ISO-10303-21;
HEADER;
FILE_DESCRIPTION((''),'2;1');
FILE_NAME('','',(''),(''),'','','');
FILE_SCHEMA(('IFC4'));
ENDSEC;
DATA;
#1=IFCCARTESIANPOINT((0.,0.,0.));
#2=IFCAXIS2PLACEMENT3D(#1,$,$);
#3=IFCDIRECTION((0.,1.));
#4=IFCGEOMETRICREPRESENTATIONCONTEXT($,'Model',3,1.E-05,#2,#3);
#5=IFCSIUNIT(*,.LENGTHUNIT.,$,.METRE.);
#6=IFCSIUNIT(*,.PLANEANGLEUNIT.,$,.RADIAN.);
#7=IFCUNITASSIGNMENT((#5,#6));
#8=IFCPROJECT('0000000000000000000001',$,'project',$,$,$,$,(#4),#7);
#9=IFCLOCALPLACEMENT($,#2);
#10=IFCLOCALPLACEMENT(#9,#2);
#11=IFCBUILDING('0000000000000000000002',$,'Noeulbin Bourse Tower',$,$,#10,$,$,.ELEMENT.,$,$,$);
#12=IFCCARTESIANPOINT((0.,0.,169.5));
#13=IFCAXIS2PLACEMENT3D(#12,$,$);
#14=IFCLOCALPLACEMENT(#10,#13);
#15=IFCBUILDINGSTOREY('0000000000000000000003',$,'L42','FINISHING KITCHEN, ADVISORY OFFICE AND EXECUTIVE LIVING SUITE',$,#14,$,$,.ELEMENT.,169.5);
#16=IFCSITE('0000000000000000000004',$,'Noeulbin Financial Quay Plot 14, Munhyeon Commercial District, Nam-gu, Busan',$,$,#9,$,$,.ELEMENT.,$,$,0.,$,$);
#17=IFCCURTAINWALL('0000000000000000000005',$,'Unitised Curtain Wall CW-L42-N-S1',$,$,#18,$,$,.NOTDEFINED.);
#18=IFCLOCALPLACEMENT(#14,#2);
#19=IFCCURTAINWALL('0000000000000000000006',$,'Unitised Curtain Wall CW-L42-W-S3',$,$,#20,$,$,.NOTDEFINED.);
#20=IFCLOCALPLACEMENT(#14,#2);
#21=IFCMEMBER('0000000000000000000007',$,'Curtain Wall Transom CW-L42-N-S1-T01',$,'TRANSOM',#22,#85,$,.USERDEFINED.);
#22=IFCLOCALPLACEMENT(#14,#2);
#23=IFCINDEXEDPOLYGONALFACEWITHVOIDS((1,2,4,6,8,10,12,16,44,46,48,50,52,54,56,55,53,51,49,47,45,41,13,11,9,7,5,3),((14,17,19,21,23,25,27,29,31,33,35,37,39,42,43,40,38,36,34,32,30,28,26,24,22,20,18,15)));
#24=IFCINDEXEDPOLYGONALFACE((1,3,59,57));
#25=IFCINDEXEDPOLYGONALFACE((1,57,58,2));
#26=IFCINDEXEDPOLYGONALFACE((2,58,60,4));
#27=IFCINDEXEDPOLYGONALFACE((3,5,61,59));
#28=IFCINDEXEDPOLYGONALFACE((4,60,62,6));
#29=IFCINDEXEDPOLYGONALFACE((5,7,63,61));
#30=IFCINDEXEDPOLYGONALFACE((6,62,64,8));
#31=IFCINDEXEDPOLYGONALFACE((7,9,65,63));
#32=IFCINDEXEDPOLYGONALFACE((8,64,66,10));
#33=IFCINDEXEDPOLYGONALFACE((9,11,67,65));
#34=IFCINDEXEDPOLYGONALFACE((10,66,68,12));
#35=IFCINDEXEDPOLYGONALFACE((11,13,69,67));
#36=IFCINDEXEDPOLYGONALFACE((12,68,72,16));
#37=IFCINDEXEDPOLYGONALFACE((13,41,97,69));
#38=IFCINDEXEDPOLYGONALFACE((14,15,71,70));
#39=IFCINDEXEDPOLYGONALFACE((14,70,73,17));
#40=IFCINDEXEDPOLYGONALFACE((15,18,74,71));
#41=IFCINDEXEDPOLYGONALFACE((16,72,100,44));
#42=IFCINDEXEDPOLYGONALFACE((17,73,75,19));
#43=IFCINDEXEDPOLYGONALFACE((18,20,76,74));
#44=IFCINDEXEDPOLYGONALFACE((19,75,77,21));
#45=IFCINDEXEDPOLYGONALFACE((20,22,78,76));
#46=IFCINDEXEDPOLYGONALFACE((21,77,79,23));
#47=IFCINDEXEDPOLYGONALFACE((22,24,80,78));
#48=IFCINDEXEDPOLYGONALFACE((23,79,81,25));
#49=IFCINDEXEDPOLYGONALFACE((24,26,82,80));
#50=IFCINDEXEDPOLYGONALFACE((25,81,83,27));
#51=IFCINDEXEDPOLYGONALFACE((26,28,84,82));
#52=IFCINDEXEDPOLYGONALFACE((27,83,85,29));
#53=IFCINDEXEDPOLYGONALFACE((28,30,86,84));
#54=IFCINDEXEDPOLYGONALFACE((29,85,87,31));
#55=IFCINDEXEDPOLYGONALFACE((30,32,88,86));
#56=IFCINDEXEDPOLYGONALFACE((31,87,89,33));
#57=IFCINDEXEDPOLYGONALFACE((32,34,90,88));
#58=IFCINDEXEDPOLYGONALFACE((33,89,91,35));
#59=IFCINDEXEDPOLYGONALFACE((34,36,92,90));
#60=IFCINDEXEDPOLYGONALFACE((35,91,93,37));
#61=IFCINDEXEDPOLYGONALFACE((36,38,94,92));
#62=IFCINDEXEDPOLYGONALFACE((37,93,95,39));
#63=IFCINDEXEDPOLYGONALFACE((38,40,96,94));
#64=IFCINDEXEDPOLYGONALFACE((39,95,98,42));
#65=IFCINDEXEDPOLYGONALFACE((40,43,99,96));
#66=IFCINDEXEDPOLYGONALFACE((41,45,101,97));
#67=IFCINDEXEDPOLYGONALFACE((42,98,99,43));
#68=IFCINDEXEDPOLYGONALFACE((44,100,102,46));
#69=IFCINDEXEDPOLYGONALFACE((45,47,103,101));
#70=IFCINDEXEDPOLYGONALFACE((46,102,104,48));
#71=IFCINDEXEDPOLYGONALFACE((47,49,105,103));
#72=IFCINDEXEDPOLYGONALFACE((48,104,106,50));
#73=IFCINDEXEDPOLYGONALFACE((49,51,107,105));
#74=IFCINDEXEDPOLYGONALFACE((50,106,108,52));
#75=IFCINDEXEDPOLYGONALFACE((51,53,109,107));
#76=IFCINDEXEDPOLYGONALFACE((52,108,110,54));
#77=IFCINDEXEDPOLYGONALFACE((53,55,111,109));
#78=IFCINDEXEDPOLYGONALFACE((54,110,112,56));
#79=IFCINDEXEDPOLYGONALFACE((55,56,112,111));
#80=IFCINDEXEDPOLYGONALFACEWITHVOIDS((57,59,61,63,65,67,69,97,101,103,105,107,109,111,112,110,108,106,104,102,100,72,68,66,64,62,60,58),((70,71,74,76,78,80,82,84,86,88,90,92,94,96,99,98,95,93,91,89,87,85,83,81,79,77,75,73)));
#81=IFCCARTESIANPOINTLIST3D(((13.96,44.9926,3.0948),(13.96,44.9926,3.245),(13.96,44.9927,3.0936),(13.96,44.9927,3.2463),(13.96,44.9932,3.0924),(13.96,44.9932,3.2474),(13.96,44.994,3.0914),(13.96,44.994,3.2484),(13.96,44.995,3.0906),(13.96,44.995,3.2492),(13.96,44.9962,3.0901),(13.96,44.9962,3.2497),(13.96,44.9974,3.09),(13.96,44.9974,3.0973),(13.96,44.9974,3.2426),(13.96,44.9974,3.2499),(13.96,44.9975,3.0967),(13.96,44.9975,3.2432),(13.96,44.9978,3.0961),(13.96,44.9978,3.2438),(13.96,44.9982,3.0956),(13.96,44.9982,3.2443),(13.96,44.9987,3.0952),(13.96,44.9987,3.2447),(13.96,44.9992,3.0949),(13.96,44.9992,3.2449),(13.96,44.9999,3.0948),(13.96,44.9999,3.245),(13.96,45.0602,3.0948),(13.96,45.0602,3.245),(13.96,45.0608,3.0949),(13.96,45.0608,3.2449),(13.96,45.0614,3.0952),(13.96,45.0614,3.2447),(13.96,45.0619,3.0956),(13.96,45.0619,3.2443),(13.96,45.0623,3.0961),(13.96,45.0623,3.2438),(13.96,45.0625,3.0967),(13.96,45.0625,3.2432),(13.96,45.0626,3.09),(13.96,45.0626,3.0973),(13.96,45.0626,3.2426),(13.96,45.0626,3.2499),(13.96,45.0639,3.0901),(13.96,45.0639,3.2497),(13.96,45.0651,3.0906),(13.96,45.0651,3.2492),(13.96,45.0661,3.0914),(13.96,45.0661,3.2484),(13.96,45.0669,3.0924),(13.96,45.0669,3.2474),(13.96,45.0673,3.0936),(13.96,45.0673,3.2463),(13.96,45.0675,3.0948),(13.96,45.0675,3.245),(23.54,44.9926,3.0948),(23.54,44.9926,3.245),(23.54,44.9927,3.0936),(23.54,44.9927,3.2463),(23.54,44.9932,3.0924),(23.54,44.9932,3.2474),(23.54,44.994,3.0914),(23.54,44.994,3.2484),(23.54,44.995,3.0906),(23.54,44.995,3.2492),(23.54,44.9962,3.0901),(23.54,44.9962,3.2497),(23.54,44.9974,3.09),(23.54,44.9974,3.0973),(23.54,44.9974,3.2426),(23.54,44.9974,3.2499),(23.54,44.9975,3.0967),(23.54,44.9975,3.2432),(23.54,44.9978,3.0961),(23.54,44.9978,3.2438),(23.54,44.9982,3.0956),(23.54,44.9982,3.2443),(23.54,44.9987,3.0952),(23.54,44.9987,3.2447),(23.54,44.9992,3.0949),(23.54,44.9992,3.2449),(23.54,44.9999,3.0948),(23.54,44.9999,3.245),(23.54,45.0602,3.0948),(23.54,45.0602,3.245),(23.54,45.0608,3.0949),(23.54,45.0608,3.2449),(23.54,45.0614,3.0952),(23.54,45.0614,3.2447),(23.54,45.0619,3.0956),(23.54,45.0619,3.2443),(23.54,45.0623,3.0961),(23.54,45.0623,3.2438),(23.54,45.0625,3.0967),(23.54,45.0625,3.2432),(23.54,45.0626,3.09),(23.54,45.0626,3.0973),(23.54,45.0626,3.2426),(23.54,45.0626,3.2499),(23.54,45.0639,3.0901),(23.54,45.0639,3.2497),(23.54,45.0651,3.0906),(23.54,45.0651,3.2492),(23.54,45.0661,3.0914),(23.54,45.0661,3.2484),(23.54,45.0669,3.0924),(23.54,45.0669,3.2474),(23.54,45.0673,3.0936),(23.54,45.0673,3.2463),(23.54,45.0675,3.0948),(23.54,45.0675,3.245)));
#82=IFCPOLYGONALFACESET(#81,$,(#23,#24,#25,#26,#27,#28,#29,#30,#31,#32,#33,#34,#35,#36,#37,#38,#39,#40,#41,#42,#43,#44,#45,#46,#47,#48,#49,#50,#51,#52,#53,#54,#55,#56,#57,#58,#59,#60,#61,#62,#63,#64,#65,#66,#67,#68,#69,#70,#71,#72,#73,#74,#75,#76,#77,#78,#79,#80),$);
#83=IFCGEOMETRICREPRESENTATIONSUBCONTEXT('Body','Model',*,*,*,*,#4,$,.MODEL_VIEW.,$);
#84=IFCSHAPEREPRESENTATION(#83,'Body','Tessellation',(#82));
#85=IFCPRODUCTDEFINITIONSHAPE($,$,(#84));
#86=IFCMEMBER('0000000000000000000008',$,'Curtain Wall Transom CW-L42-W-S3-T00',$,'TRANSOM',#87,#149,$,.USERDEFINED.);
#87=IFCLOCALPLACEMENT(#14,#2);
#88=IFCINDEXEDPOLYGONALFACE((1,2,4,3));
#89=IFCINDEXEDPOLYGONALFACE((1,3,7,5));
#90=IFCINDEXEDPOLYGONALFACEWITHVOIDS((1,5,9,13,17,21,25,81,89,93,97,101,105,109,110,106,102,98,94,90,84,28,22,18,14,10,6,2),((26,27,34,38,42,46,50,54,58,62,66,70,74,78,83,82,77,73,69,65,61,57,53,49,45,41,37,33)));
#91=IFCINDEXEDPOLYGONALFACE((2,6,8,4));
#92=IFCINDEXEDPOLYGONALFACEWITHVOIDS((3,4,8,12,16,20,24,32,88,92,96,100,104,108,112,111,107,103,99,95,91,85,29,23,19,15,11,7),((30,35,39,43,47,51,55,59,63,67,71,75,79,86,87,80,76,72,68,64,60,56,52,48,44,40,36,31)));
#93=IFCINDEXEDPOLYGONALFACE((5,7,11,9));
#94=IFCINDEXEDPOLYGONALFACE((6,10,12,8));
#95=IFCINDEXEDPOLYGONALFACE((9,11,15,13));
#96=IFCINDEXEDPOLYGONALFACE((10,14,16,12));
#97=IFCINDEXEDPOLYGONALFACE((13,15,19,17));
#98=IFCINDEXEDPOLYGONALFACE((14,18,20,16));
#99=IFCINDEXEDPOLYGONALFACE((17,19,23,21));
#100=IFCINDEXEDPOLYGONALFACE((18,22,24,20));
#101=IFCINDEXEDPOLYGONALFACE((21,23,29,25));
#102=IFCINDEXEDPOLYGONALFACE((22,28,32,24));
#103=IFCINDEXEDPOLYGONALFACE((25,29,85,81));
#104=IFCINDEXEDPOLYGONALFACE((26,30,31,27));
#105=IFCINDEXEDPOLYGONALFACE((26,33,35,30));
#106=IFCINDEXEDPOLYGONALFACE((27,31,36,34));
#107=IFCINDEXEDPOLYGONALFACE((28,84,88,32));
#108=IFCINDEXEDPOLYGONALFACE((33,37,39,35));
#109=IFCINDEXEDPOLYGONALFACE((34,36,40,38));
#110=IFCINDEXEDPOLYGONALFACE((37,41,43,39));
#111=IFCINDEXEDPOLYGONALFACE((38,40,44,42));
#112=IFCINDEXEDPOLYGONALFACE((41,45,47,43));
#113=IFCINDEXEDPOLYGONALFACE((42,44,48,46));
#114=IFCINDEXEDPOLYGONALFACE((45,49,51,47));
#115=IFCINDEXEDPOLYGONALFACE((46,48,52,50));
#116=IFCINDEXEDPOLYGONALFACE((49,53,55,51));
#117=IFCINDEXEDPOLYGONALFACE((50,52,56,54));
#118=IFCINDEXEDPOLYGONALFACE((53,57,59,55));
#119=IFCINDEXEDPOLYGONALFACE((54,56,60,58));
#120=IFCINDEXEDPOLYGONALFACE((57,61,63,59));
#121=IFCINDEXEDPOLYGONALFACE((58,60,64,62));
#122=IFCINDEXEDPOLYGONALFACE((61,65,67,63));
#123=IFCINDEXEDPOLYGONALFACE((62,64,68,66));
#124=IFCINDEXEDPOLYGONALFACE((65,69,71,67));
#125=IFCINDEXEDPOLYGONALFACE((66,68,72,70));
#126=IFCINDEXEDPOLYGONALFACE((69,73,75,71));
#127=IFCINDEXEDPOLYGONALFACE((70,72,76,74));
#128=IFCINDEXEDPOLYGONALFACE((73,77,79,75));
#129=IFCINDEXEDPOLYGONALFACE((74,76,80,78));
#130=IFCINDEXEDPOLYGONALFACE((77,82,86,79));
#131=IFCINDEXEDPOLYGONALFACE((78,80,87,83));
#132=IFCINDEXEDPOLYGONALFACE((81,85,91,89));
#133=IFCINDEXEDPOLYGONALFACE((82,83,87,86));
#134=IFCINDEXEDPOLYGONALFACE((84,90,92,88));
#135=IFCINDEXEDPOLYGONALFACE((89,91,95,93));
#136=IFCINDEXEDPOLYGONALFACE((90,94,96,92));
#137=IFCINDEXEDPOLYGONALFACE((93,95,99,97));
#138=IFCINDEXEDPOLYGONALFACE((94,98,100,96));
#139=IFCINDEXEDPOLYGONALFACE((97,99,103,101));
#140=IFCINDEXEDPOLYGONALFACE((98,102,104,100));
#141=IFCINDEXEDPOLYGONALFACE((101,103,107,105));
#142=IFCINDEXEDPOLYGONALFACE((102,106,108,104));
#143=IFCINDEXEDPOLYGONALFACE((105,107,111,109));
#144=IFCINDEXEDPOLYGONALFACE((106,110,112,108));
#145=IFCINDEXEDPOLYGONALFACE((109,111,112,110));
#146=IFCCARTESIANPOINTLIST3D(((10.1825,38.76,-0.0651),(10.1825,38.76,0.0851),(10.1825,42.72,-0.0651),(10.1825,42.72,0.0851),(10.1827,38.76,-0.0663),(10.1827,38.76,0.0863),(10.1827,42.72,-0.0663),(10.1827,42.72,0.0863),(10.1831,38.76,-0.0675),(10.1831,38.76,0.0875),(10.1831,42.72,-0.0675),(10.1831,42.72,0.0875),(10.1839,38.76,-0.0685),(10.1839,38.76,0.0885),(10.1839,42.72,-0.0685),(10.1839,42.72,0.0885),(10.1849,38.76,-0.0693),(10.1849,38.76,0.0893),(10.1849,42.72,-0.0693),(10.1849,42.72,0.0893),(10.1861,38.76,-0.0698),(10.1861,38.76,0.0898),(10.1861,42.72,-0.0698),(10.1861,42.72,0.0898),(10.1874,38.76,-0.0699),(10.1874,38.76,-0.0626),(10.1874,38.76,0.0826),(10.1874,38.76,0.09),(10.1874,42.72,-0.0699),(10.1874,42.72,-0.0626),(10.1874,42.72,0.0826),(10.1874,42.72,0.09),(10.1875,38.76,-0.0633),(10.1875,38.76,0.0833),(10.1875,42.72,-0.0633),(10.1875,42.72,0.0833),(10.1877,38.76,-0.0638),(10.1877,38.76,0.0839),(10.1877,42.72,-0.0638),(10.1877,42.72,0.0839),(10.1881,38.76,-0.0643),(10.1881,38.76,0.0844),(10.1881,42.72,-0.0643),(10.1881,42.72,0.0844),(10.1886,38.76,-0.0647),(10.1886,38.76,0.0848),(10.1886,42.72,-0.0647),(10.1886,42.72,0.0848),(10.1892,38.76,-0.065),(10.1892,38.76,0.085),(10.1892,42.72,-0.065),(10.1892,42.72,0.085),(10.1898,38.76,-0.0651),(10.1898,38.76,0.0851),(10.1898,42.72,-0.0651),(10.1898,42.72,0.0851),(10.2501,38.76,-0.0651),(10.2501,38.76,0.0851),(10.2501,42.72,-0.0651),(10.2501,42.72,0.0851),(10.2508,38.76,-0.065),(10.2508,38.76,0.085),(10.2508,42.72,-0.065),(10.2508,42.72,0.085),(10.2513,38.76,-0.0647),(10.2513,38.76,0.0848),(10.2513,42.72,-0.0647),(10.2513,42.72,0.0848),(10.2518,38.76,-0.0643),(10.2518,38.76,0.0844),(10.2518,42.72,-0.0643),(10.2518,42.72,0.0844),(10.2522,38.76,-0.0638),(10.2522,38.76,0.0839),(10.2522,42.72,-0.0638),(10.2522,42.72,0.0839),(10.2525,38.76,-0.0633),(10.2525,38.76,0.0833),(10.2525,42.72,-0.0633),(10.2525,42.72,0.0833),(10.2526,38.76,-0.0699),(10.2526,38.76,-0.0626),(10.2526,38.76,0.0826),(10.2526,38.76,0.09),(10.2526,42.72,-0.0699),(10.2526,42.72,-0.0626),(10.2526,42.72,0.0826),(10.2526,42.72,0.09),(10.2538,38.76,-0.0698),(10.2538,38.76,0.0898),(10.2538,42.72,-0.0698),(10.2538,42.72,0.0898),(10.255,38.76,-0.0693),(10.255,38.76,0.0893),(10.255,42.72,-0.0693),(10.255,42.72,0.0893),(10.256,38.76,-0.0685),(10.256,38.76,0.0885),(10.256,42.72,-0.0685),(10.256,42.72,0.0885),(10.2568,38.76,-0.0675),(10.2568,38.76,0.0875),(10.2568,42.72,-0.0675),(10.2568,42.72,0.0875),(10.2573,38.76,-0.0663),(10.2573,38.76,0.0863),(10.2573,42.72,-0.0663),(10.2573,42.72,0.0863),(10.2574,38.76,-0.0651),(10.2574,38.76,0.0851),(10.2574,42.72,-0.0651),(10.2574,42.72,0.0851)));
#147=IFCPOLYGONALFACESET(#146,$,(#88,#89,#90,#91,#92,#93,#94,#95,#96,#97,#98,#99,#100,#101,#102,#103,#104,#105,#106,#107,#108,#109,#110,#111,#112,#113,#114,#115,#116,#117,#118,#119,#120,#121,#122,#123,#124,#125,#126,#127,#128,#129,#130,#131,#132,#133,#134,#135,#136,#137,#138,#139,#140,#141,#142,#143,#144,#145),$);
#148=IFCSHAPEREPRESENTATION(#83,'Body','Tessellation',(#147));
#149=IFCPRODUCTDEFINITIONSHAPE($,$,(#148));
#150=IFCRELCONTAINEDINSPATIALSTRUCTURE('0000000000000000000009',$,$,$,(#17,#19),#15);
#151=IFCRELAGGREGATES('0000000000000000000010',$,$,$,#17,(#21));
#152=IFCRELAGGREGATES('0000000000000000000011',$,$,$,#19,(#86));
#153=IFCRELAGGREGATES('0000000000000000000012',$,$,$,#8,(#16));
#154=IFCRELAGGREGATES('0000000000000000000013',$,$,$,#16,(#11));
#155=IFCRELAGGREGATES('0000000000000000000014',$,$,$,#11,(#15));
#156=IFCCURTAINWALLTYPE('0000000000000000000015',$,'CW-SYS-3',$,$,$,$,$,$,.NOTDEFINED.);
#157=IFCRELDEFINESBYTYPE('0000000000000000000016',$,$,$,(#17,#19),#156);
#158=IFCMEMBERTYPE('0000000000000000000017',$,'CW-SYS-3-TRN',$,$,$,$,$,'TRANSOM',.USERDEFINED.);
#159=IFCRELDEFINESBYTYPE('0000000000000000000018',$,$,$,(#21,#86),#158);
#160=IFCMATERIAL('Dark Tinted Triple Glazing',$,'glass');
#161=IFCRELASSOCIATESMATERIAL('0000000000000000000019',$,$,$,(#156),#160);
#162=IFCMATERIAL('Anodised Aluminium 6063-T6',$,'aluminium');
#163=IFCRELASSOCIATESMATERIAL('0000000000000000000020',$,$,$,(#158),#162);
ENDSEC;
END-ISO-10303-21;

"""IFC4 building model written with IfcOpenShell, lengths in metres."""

from ifc_helpers import new_model, si_unit, direction, frame, origin, origin_2d, place, context, subcontext, project, spatial, hollow_rectangle, extrude, material, material_profile, profile_set, type_object, element, aggregate, save


model = new_model("IFC4")

# Units and contexts
model_context = context("Model", 3, precision=1e-05, world=origin(), true_north=direction((0.0, 1.0)))
body_context = subcontext(model_context, "Body", "Model", "MODEL_VIEW")
ifc_project = project(units=[si_unit("LENGTHUNIT", "METRE"), si_unit("PLANEANGLEUNIT", "RADIAN")], contexts=[model_context])

# Site, building, storey
site_placement = place(None, origin())
site = spatial("IfcSite", under=ifc_project, at=site_placement, Name="Noeulbin Financial Quay Plot 14, Munhyeon Commercial District, Nam-gu, Busan", CompositionType="ELEMENT", RefElevation=0.0)
building_placement = place(site_placement, origin())
building = spatial("IfcBuilding", under=site, at=building_placement, Name="Noeulbin Bourse Tower", CompositionType="ELEMENT")
storey_placement = place(building_placement, frame((0.0, 0.0, 169.5)))
storey = spatial("IfcBuildingStorey", under=building, at=storey_placement, Name="L42", Description="FINISHING KITCHEN, ADVISORY OFFICE AND EXECUTIVE LIVING SUITE", CompositionType="ELEMENT", Elevation=169.5)

# Curtain wall
ifc_material_1 = material(Name="Dark Tinted Triple Glazing", Category="glass")
curtain_wall_type = type_object("IfcCurtainWallType", Name="CW-SYS-3", PredefinedType="NOTDEFINED", material=ifc_material_1)
curtain_wall_1_placement = place(storey_placement, origin())
curtain_wall_1 = element("IfcCurtainWall", 1, at=curtain_wall_1_placement, inside=storey, type_object=curtain_wall_type, Name="Unitised Curtain Wall CW-L42-N-S1", PredefinedType="NOTDEFINED")
ifc_material_2 = material(Name="Anodised Aluminium 6063-T6", Category="aluminium")

# Curtain wall
curtain_wall_2_placement = place(storey_placement, origin())
curtain_wall_2 = element("IfcCurtainWall", 2, at=curtain_wall_2_placement, inside=storey, type_object=curtain_wall_type, Name="Unitised Curtain Wall CW-L42-W-S3", PredefinedType="NOTDEFINED")

# Members
ifc_material_profile_1 = material_profile(ifc_material_2, hollow_rectangle(XDim=0.075, YDim=0.1599, WallThickness=0.0049, InnerFilletRadius=0.0024, OuterFilletRadius=0.0049, at=origin_2d()), Name="ALU-TRAN-75x160x5", Category="LoadBearing")
ifc_profile_set_1 = profile_set([ifc_material_profile_1], Name="Anodised Aluminium 6063-T6")
member_type_1 = type_object("IfcMemberType", Name="CW-SYS-3-TRN", ElementType="TRANSOM", PredefinedType="USERDEFINED", material=ifc_profile_set_1)
member_1_placement = place(storey_placement, frame((13.96, 45.03, 3.1699), z_axis=(1.0, 0.0, 0.0), x_axis=(0.0, 1.0, 0.0)))
member_1 = element("IfcMember", 3, at=member_1_placement, type_object=member_type_1, Name="Curtain Wall Transom CW-L42-N-S1-T01", ObjectType="TRANSOM", PredefinedType="USERDEFINED", context=body_context, shape_type="SweptSolid", body=[
    extrude(hollow_rectangle(XDim=0.075, YDim=0.1599, WallThickness=0.0049, InnerFilletRadius=0.0024, OuterFilletRadius=0.0049, at=origin_2d()), origin(), (0.0, 0.0, 1.0), 9.5801),
])
aggregate(curtain_wall_1, [member_1])
member_2_placement = place(storey_placement, frame((10.22, 38.76, 0.01), z_axis=(0.0, 1.0, 0.0), x_axis=(-1.0, 0.0, 0.0)))
member_2 = element("IfcMember", 4, at=member_2_placement, type_object=member_type_1, Name="Curtain Wall Transom CW-L42-W-S3-T00", ObjectType="TRANSOM", PredefinedType="USERDEFINED", context=body_context, shape_type="SweptSolid", body=[
    extrude(hollow_rectangle(XDim=0.075, YDim=0.1599, WallThickness=0.0049, InnerFilletRadius=0.0024, OuterFilletRadius=0.0049, at=origin_2d()), origin(), (0.0, 0.0, 1.0), 3.96),
])

aggregate(curtain_wall_2, [member_2])

save(model, "model.ifc")
